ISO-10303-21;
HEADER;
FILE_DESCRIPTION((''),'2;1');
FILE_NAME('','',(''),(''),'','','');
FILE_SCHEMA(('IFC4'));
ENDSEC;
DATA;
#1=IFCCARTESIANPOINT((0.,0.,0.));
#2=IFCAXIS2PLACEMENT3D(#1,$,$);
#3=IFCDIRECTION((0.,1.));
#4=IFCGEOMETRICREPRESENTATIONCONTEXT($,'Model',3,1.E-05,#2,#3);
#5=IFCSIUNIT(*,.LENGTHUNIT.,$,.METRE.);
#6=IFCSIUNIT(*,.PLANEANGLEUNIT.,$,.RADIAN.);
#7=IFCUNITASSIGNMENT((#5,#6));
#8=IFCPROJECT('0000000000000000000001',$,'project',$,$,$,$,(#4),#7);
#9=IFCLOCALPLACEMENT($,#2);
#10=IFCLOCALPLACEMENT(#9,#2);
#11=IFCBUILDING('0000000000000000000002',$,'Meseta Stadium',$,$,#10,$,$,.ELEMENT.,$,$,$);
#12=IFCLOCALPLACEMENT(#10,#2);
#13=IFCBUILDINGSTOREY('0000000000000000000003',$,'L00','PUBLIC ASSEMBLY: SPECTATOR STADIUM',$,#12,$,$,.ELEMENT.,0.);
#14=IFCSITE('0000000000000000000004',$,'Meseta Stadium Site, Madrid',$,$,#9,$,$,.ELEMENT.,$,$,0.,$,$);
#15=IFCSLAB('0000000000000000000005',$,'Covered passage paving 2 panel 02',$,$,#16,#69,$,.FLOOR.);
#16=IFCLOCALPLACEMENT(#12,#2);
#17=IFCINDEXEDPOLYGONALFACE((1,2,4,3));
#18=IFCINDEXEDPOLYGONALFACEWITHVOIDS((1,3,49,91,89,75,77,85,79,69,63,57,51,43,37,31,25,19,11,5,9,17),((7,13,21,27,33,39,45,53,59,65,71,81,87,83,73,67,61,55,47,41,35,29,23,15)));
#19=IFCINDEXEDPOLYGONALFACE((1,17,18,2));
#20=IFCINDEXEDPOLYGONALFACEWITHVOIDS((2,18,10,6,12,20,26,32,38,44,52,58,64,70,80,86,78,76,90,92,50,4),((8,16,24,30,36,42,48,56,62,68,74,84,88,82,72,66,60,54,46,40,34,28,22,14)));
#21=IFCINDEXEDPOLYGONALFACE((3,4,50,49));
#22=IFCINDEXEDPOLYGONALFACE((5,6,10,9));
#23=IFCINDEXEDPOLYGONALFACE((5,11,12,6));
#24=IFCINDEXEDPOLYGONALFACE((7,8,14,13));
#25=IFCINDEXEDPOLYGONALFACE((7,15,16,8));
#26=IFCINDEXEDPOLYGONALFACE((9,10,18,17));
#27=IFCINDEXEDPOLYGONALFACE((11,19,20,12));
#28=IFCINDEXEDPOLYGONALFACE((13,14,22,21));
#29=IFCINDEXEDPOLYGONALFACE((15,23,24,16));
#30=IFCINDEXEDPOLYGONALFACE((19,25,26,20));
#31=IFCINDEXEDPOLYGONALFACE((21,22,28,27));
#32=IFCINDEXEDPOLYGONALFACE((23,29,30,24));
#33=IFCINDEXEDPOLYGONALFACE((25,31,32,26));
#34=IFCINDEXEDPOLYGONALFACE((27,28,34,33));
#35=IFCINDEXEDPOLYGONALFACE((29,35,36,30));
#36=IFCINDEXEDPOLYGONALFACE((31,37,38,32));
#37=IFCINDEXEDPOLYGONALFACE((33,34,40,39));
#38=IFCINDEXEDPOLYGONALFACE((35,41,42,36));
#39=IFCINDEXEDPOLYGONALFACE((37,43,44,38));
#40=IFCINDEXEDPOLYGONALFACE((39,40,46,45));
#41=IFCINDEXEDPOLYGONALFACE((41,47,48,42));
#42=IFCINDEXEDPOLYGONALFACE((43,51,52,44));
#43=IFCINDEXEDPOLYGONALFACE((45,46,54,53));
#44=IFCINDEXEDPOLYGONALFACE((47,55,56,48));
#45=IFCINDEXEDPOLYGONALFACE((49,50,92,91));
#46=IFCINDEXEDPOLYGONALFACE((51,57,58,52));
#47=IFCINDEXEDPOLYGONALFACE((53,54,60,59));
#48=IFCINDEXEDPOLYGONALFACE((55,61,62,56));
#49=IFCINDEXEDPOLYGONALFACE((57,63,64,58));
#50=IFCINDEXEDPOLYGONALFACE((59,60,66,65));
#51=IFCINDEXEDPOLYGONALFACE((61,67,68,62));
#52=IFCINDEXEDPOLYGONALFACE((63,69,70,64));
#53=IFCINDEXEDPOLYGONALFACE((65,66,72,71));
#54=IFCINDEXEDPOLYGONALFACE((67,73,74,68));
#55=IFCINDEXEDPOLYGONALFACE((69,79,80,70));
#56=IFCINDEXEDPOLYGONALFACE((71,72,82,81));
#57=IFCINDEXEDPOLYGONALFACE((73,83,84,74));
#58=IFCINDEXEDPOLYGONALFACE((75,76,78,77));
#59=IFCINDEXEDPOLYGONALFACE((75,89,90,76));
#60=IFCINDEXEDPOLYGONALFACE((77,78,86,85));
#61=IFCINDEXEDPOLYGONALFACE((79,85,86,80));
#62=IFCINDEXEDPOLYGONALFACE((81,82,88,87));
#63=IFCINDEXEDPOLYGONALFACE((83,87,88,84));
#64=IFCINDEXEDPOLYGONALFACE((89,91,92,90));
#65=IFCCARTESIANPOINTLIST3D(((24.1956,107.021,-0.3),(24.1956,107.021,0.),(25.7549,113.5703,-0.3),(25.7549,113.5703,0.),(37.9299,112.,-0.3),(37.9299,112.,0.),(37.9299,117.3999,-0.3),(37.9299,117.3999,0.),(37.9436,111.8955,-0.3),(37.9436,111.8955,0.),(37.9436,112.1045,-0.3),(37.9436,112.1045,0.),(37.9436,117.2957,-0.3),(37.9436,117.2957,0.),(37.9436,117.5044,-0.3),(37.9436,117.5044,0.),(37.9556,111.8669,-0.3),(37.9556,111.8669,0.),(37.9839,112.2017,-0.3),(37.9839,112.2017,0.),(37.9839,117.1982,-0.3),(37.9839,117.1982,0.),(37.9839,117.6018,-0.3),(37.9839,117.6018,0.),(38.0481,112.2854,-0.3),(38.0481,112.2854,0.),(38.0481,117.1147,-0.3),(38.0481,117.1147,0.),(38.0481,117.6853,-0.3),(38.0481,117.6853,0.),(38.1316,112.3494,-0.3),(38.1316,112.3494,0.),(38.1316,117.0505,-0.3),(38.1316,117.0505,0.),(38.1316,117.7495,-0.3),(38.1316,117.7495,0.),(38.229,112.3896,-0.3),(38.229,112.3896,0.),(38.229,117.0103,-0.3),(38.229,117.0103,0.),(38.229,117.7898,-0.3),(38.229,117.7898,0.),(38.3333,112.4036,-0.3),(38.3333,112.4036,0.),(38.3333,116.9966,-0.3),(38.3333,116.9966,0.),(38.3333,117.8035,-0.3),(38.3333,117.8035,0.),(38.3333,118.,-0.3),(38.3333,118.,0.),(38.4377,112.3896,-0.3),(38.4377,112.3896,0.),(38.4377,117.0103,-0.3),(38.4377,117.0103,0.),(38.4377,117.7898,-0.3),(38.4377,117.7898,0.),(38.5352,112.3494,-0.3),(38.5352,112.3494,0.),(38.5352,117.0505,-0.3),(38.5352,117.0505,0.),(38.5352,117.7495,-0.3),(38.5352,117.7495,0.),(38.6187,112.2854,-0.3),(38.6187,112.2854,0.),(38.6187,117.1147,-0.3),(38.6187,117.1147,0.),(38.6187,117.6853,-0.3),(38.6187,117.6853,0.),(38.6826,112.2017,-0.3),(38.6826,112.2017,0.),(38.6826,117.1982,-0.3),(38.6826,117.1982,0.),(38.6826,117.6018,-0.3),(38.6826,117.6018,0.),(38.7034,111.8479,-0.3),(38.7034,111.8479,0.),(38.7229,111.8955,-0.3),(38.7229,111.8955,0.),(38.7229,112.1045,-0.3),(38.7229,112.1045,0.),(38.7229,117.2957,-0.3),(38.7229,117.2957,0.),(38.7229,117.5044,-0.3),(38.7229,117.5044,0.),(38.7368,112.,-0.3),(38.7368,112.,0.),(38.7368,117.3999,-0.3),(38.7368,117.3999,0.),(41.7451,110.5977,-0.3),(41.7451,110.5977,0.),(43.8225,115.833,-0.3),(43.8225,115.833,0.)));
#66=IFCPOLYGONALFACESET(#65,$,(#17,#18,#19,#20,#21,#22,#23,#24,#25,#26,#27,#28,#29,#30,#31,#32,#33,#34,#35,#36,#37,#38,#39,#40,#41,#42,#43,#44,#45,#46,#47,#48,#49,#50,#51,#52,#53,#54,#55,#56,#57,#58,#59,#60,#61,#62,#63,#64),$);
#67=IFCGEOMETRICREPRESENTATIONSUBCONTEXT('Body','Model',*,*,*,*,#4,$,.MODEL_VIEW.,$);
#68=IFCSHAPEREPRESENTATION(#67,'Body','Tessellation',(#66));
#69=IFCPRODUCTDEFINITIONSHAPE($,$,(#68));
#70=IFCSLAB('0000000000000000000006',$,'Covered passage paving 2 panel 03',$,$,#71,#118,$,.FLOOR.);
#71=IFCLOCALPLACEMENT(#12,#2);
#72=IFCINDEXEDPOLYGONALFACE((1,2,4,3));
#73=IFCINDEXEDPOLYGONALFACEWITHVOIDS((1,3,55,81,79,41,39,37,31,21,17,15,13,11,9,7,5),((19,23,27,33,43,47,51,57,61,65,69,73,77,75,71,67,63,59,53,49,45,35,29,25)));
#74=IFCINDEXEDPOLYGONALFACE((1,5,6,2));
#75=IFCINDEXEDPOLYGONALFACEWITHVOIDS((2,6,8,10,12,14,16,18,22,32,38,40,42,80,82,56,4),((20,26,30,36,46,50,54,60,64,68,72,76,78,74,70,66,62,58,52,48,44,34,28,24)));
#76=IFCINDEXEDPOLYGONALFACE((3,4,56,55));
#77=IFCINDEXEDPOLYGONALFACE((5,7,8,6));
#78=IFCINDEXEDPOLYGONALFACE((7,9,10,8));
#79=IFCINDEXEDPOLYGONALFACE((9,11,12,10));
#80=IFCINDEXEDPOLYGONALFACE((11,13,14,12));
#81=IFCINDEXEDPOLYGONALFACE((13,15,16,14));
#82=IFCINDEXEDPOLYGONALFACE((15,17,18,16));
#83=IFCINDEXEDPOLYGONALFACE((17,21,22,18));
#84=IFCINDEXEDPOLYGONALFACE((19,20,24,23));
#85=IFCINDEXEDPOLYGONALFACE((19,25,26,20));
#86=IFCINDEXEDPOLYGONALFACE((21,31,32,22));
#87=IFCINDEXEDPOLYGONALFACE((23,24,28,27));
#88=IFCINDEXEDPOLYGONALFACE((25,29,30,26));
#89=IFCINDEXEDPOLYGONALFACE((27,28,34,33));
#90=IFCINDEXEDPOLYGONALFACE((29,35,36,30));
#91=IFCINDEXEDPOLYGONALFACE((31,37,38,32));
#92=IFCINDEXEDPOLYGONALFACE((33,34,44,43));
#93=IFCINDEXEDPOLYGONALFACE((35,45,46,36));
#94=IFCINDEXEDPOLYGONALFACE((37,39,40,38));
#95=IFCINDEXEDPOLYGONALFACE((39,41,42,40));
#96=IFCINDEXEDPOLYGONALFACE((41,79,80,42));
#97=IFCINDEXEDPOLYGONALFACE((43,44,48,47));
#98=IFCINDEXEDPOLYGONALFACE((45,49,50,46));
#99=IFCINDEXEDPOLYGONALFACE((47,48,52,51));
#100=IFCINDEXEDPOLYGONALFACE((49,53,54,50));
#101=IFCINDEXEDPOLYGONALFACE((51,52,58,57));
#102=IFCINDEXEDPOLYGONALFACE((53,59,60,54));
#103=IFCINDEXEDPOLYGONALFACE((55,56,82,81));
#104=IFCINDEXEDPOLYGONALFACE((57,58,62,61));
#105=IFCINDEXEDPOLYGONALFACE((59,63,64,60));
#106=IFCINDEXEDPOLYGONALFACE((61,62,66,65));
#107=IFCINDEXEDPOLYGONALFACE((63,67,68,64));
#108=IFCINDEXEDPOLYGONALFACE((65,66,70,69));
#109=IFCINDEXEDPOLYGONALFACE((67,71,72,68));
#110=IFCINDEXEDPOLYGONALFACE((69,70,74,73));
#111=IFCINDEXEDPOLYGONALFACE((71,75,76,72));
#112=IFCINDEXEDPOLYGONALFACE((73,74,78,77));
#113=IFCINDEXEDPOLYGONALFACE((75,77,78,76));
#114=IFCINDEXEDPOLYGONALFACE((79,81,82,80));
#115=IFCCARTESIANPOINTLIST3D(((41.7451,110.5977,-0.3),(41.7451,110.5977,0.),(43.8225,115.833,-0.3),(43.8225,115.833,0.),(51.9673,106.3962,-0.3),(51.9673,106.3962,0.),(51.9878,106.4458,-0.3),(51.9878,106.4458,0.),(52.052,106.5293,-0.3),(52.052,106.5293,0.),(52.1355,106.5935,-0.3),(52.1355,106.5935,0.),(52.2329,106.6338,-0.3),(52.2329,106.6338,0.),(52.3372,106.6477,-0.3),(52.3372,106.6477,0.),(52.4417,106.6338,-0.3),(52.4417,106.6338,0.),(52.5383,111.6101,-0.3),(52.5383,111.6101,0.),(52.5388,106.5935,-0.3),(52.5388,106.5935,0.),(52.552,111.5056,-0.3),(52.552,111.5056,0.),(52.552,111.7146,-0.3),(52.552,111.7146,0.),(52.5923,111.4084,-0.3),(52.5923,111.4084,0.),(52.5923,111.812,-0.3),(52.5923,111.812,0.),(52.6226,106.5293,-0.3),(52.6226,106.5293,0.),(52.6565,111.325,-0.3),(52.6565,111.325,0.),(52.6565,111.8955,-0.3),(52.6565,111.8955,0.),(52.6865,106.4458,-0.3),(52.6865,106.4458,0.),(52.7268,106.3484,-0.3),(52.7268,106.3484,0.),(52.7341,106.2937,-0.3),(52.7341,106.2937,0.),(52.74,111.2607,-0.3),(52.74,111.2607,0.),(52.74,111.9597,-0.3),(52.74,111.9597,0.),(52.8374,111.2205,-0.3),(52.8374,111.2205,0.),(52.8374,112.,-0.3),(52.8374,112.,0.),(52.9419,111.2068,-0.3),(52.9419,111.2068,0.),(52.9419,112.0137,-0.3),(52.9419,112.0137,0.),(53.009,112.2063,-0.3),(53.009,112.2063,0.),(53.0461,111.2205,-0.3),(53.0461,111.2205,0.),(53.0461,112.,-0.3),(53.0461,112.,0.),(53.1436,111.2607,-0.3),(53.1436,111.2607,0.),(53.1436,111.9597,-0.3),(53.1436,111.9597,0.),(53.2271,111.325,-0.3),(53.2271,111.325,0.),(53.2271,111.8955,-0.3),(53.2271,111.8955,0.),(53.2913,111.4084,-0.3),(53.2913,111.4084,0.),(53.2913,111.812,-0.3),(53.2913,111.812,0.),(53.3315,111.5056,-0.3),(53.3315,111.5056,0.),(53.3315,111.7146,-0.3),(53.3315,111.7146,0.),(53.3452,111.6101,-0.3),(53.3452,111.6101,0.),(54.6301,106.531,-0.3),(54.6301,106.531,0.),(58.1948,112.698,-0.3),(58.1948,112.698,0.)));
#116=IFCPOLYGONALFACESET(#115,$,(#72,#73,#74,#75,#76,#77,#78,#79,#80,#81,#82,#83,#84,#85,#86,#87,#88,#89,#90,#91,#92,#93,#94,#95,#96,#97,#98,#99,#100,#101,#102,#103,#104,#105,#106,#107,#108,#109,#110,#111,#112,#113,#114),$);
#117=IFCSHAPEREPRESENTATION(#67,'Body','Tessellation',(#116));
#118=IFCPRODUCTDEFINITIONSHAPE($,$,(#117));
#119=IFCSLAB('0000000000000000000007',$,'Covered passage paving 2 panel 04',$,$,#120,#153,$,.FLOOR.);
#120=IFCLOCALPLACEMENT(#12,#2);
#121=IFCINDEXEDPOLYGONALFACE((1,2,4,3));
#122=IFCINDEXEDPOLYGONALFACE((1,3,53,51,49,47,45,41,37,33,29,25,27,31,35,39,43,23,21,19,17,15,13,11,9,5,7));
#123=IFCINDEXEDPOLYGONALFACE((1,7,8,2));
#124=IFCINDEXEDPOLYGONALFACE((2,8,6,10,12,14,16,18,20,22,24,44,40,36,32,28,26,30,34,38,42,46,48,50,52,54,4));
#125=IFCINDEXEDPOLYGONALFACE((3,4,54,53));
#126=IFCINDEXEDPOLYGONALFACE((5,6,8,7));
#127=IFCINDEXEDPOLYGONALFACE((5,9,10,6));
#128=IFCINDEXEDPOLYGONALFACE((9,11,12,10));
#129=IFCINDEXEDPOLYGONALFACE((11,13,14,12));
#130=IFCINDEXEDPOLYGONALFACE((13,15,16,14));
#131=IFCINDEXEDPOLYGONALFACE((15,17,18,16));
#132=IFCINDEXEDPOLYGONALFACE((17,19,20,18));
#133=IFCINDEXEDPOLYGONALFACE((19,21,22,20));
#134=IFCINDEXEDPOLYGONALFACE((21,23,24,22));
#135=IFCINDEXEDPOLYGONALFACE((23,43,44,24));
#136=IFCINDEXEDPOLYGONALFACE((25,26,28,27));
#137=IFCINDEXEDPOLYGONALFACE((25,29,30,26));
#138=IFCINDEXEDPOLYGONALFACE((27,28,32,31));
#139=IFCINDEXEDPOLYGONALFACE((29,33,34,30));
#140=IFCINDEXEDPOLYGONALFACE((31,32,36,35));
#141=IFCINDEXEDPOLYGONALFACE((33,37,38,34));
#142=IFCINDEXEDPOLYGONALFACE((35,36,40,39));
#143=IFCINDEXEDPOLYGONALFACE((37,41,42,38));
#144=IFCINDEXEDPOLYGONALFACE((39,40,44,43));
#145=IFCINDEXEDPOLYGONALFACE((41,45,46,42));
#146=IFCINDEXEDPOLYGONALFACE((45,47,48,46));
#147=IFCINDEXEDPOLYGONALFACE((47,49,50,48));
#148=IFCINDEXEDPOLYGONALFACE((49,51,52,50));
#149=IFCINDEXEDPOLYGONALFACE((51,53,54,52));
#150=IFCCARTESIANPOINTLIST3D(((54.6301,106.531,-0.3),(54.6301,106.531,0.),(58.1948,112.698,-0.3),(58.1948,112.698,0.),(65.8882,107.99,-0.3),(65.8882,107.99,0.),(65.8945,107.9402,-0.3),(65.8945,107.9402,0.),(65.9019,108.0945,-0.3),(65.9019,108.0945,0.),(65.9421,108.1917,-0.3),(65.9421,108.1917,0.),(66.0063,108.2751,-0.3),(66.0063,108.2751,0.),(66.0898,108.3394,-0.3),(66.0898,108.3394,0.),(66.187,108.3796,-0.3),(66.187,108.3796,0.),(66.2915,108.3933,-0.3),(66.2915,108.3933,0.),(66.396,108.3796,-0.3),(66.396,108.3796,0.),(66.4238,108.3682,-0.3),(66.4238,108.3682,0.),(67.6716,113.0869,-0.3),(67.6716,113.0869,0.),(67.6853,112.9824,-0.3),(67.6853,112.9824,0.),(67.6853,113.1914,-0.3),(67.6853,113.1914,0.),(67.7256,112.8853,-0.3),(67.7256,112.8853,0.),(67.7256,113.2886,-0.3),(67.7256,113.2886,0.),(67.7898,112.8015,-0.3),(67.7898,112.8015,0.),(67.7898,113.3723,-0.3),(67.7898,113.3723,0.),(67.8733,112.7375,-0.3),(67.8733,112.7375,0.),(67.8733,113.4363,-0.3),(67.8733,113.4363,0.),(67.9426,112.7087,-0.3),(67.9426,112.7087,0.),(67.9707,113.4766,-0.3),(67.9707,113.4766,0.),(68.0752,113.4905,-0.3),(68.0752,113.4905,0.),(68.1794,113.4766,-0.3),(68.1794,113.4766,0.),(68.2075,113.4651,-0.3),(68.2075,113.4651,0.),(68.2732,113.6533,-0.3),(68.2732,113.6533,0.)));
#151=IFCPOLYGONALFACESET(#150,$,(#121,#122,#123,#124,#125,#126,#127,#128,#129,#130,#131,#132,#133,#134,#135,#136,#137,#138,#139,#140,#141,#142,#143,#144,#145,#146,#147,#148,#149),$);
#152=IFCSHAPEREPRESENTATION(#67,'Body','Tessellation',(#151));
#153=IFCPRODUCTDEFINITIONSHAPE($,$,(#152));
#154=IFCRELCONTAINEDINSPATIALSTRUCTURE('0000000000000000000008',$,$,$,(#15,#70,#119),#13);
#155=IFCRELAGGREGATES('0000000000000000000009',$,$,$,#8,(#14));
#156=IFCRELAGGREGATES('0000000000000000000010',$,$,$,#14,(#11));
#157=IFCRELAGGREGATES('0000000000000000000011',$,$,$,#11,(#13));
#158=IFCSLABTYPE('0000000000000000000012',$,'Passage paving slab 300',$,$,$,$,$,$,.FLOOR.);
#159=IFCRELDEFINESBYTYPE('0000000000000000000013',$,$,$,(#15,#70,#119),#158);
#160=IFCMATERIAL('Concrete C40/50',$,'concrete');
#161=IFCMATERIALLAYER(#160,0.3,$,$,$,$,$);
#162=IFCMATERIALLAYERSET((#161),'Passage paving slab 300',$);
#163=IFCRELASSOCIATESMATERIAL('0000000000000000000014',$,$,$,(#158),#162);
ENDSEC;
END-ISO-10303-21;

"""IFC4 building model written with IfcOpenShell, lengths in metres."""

from ifc_helpers import new_model, si_unit, direction, frame, origin, place, context, subcontext, project, spatial, polyline, outline, extrude, material, layer, layer_set, type_object, element, save


model = new_model("IFC4")

# Units and contexts
model_context = context("Model", 3, precision=1e-05, world=origin(), true_north=direction((0.0, 1.0)))
body_context = subcontext(model_context, "Body", "Model", "MODEL_VIEW")
ifc_project = project(units=[si_unit("LENGTHUNIT", "METRE"), si_unit("PLANEANGLEUNIT", "RADIAN")], contexts=[model_context])

# Site, building, storey
site_placement = place(None, origin())
site = spatial("IfcSite", under=ifc_project, at=site_placement, Name="Meseta Stadium Site, Madrid", CompositionType="ELEMENT", RefElevation=0.0)
building_placement = place(site_placement, origin())
building = spatial("IfcBuilding", under=site, at=building_placement, Name="Meseta Stadium", CompositionType="ELEMENT")
storey_placement = place(building_placement, origin())
storey = spatial("IfcBuildingStorey", under=building, at=storey_placement, Name="L00", Description="PUBLIC ASSEMBLY: SPECTATOR STADIUM", CompositionType="ELEMENT", Elevation=0.0)

# Slabs
ifc_material_1 = material(Name="Concrete C40/50", Category="concrete")
ifc_layer_1 = layer(ifc_material_1, 0.3)
ifc_layer_set_1 = layer_set([ifc_layer_1], Name="Passage paving slab 300")
slab_type_1 = type_object("IfcSlabType", Name="Passage paving slab 300", PredefinedType="FLOOR", material=ifc_layer_set_1)
slab_1_placement = place(storey_placement, frame((0.0, 0.0, -0.3)))
element("IfcSlab", 1, at=slab_1_placement, inside=storey, type_object=slab_type_1, Name="Covered passage paving 2 panel 02", PredefinedType="FLOOR", context=body_context, shape_type="SweptSolid", body=[
    extrude(outline(polyline([(43.8225, 115.833), (38.3333, 118.0), (25.7549, 113.5703), (24.1956, 107.021), (37.9556, 111.8669), (37.9436, 111.8955), (37.9299, 112.0), (37.9436, 112.1045), (37.9839, 112.2017), (38.0481, 112.2854), (38.1316, 112.3494), (38.229, 112.3896), (38.3333, 112.4036), (38.4377, 112.3896), (38.5352, 112.3494), (38.6187, 112.2854), (38.6826, 112.2017), (38.7229, 112.1045), (38.7368, 112.0), (38.7229, 111.8955), (38.7034, 111.8479), (41.7451, 110.5977), (43.8225, 115.833)]), holes=[polyline([(38.3333, 116.9966), (38.229, 117.0103), (38.1316, 117.0505), (38.0481, 117.1147), (37.9839, 117.1982), (37.9436, 117.2957), (37.9299, 117.3999), (37.9436, 117.5044), (37.9839, 117.6018), (38.0481, 117.6853), (38.1316, 117.7495), (38.229, 117.7898), (38.3333, 117.8035), (38.4377, 117.7898), (38.5352, 117.7495), (38.6187, 117.6853), (38.6826, 117.6018), (38.7229, 117.5044), (38.7368, 117.3999), (38.7229, 117.2957), (38.6826, 117.1982), (38.6187, 117.1147), (38.5352, 117.0505), (38.4377, 117.0103), (38.3333, 116.9966)])]), origin(), (0.0, 0.0, 1.0), 0.3),
])
slab_2_placement = place(storey_placement, frame((0.0, 0.0, -0.3)))
element("IfcSlab", 2, at=slab_2_placement, inside=storey, type_object=slab_type_1, Name="Covered passage paving 2 panel 03", PredefinedType="FLOOR", context=body_context, shape_type="SweptSolid", body=[
    extrude(outline(polyline([(58.1948, 112.698), (53.009, 112.2063), (43.8225, 115.833), (41.7451, 110.5977), (51.9673, 106.3962), (51.9878, 106.4458), (52.052, 106.5293), (52.1355, 106.5935), (52.2329, 106.6338), (52.3372, 106.6477), (52.4417, 106.6338), (52.5388, 106.5935), (52.6226, 106.5293), (52.6865, 106.4458), (52.7268, 106.3484), (52.7341, 106.2937), (54.6301, 106.531), (58.1948, 112.698)]), holes=[polyline([(52.9419, 111.2068), (52.8374, 111.2205), (52.74, 111.2607), (52.6565, 111.325), (52.5923, 111.4084), (52.552, 111.5056), (52.5383, 111.6101), (52.552, 111.7146), (52.5923, 111.812), (52.6565, 111.8955), (52.74, 111.9597), (52.8374, 112.0), (52.9419, 112.0137), (53.0461, 112.0), (53.1436, 111.9597), (53.2271, 111.8955), (53.2913, 111.812), (53.3315, 111.7146), (53.3452, 111.6101), (53.3315, 111.5056), (53.2913, 111.4084), (53.2271, 111.325), (53.1436, 111.2607), (53.0461, 111.2205), (52.9419, 111.2068)])]), origin(), (0.0, 0.0, 1.0), 0.3),
])
slab_3_placement = place(storey_placement, frame((0.0, 0.0, -0.3)))
element("IfcSlab", 3, at=slab_3_placement, inside=storey, type_object=slab_type_1, Name="Covered passage paving 2 panel 04", PredefinedType="FLOOR", context=body_context, shape_type="SweptSolid", body=[
    extrude(outline(polyline([(68.2075, 113.4651), (68.2732, 113.6533), (58.1948, 112.698), (54.6301, 106.531), (65.8945, 107.9402), (65.8882, 107.99), (65.9019, 108.0945), (65.9421, 108.1917), (66.0063, 108.2751), (66.0898, 108.3394), (66.187, 108.3796), (66.2915, 108.3933), (66.396, 108.3796), (66.4238, 108.3682), (67.9426, 112.7087), (67.8733, 112.7375), (67.7898, 112.8015), (67.7256, 112.8853), (67.6853, 112.9824), (67.6716, 113.0869), (67.6853, 113.1914), (67.7256, 113.2886), (67.7898, 113.3723), (67.8733, 113.4363), (67.9707, 113.4766), (68.0752, 113.4905), (68.1794, 113.4766), (68.2075, 113.4651)])), origin(), (0.0, 0.0, 1.0), 0.3),
])

save(model, "model.ifc")
